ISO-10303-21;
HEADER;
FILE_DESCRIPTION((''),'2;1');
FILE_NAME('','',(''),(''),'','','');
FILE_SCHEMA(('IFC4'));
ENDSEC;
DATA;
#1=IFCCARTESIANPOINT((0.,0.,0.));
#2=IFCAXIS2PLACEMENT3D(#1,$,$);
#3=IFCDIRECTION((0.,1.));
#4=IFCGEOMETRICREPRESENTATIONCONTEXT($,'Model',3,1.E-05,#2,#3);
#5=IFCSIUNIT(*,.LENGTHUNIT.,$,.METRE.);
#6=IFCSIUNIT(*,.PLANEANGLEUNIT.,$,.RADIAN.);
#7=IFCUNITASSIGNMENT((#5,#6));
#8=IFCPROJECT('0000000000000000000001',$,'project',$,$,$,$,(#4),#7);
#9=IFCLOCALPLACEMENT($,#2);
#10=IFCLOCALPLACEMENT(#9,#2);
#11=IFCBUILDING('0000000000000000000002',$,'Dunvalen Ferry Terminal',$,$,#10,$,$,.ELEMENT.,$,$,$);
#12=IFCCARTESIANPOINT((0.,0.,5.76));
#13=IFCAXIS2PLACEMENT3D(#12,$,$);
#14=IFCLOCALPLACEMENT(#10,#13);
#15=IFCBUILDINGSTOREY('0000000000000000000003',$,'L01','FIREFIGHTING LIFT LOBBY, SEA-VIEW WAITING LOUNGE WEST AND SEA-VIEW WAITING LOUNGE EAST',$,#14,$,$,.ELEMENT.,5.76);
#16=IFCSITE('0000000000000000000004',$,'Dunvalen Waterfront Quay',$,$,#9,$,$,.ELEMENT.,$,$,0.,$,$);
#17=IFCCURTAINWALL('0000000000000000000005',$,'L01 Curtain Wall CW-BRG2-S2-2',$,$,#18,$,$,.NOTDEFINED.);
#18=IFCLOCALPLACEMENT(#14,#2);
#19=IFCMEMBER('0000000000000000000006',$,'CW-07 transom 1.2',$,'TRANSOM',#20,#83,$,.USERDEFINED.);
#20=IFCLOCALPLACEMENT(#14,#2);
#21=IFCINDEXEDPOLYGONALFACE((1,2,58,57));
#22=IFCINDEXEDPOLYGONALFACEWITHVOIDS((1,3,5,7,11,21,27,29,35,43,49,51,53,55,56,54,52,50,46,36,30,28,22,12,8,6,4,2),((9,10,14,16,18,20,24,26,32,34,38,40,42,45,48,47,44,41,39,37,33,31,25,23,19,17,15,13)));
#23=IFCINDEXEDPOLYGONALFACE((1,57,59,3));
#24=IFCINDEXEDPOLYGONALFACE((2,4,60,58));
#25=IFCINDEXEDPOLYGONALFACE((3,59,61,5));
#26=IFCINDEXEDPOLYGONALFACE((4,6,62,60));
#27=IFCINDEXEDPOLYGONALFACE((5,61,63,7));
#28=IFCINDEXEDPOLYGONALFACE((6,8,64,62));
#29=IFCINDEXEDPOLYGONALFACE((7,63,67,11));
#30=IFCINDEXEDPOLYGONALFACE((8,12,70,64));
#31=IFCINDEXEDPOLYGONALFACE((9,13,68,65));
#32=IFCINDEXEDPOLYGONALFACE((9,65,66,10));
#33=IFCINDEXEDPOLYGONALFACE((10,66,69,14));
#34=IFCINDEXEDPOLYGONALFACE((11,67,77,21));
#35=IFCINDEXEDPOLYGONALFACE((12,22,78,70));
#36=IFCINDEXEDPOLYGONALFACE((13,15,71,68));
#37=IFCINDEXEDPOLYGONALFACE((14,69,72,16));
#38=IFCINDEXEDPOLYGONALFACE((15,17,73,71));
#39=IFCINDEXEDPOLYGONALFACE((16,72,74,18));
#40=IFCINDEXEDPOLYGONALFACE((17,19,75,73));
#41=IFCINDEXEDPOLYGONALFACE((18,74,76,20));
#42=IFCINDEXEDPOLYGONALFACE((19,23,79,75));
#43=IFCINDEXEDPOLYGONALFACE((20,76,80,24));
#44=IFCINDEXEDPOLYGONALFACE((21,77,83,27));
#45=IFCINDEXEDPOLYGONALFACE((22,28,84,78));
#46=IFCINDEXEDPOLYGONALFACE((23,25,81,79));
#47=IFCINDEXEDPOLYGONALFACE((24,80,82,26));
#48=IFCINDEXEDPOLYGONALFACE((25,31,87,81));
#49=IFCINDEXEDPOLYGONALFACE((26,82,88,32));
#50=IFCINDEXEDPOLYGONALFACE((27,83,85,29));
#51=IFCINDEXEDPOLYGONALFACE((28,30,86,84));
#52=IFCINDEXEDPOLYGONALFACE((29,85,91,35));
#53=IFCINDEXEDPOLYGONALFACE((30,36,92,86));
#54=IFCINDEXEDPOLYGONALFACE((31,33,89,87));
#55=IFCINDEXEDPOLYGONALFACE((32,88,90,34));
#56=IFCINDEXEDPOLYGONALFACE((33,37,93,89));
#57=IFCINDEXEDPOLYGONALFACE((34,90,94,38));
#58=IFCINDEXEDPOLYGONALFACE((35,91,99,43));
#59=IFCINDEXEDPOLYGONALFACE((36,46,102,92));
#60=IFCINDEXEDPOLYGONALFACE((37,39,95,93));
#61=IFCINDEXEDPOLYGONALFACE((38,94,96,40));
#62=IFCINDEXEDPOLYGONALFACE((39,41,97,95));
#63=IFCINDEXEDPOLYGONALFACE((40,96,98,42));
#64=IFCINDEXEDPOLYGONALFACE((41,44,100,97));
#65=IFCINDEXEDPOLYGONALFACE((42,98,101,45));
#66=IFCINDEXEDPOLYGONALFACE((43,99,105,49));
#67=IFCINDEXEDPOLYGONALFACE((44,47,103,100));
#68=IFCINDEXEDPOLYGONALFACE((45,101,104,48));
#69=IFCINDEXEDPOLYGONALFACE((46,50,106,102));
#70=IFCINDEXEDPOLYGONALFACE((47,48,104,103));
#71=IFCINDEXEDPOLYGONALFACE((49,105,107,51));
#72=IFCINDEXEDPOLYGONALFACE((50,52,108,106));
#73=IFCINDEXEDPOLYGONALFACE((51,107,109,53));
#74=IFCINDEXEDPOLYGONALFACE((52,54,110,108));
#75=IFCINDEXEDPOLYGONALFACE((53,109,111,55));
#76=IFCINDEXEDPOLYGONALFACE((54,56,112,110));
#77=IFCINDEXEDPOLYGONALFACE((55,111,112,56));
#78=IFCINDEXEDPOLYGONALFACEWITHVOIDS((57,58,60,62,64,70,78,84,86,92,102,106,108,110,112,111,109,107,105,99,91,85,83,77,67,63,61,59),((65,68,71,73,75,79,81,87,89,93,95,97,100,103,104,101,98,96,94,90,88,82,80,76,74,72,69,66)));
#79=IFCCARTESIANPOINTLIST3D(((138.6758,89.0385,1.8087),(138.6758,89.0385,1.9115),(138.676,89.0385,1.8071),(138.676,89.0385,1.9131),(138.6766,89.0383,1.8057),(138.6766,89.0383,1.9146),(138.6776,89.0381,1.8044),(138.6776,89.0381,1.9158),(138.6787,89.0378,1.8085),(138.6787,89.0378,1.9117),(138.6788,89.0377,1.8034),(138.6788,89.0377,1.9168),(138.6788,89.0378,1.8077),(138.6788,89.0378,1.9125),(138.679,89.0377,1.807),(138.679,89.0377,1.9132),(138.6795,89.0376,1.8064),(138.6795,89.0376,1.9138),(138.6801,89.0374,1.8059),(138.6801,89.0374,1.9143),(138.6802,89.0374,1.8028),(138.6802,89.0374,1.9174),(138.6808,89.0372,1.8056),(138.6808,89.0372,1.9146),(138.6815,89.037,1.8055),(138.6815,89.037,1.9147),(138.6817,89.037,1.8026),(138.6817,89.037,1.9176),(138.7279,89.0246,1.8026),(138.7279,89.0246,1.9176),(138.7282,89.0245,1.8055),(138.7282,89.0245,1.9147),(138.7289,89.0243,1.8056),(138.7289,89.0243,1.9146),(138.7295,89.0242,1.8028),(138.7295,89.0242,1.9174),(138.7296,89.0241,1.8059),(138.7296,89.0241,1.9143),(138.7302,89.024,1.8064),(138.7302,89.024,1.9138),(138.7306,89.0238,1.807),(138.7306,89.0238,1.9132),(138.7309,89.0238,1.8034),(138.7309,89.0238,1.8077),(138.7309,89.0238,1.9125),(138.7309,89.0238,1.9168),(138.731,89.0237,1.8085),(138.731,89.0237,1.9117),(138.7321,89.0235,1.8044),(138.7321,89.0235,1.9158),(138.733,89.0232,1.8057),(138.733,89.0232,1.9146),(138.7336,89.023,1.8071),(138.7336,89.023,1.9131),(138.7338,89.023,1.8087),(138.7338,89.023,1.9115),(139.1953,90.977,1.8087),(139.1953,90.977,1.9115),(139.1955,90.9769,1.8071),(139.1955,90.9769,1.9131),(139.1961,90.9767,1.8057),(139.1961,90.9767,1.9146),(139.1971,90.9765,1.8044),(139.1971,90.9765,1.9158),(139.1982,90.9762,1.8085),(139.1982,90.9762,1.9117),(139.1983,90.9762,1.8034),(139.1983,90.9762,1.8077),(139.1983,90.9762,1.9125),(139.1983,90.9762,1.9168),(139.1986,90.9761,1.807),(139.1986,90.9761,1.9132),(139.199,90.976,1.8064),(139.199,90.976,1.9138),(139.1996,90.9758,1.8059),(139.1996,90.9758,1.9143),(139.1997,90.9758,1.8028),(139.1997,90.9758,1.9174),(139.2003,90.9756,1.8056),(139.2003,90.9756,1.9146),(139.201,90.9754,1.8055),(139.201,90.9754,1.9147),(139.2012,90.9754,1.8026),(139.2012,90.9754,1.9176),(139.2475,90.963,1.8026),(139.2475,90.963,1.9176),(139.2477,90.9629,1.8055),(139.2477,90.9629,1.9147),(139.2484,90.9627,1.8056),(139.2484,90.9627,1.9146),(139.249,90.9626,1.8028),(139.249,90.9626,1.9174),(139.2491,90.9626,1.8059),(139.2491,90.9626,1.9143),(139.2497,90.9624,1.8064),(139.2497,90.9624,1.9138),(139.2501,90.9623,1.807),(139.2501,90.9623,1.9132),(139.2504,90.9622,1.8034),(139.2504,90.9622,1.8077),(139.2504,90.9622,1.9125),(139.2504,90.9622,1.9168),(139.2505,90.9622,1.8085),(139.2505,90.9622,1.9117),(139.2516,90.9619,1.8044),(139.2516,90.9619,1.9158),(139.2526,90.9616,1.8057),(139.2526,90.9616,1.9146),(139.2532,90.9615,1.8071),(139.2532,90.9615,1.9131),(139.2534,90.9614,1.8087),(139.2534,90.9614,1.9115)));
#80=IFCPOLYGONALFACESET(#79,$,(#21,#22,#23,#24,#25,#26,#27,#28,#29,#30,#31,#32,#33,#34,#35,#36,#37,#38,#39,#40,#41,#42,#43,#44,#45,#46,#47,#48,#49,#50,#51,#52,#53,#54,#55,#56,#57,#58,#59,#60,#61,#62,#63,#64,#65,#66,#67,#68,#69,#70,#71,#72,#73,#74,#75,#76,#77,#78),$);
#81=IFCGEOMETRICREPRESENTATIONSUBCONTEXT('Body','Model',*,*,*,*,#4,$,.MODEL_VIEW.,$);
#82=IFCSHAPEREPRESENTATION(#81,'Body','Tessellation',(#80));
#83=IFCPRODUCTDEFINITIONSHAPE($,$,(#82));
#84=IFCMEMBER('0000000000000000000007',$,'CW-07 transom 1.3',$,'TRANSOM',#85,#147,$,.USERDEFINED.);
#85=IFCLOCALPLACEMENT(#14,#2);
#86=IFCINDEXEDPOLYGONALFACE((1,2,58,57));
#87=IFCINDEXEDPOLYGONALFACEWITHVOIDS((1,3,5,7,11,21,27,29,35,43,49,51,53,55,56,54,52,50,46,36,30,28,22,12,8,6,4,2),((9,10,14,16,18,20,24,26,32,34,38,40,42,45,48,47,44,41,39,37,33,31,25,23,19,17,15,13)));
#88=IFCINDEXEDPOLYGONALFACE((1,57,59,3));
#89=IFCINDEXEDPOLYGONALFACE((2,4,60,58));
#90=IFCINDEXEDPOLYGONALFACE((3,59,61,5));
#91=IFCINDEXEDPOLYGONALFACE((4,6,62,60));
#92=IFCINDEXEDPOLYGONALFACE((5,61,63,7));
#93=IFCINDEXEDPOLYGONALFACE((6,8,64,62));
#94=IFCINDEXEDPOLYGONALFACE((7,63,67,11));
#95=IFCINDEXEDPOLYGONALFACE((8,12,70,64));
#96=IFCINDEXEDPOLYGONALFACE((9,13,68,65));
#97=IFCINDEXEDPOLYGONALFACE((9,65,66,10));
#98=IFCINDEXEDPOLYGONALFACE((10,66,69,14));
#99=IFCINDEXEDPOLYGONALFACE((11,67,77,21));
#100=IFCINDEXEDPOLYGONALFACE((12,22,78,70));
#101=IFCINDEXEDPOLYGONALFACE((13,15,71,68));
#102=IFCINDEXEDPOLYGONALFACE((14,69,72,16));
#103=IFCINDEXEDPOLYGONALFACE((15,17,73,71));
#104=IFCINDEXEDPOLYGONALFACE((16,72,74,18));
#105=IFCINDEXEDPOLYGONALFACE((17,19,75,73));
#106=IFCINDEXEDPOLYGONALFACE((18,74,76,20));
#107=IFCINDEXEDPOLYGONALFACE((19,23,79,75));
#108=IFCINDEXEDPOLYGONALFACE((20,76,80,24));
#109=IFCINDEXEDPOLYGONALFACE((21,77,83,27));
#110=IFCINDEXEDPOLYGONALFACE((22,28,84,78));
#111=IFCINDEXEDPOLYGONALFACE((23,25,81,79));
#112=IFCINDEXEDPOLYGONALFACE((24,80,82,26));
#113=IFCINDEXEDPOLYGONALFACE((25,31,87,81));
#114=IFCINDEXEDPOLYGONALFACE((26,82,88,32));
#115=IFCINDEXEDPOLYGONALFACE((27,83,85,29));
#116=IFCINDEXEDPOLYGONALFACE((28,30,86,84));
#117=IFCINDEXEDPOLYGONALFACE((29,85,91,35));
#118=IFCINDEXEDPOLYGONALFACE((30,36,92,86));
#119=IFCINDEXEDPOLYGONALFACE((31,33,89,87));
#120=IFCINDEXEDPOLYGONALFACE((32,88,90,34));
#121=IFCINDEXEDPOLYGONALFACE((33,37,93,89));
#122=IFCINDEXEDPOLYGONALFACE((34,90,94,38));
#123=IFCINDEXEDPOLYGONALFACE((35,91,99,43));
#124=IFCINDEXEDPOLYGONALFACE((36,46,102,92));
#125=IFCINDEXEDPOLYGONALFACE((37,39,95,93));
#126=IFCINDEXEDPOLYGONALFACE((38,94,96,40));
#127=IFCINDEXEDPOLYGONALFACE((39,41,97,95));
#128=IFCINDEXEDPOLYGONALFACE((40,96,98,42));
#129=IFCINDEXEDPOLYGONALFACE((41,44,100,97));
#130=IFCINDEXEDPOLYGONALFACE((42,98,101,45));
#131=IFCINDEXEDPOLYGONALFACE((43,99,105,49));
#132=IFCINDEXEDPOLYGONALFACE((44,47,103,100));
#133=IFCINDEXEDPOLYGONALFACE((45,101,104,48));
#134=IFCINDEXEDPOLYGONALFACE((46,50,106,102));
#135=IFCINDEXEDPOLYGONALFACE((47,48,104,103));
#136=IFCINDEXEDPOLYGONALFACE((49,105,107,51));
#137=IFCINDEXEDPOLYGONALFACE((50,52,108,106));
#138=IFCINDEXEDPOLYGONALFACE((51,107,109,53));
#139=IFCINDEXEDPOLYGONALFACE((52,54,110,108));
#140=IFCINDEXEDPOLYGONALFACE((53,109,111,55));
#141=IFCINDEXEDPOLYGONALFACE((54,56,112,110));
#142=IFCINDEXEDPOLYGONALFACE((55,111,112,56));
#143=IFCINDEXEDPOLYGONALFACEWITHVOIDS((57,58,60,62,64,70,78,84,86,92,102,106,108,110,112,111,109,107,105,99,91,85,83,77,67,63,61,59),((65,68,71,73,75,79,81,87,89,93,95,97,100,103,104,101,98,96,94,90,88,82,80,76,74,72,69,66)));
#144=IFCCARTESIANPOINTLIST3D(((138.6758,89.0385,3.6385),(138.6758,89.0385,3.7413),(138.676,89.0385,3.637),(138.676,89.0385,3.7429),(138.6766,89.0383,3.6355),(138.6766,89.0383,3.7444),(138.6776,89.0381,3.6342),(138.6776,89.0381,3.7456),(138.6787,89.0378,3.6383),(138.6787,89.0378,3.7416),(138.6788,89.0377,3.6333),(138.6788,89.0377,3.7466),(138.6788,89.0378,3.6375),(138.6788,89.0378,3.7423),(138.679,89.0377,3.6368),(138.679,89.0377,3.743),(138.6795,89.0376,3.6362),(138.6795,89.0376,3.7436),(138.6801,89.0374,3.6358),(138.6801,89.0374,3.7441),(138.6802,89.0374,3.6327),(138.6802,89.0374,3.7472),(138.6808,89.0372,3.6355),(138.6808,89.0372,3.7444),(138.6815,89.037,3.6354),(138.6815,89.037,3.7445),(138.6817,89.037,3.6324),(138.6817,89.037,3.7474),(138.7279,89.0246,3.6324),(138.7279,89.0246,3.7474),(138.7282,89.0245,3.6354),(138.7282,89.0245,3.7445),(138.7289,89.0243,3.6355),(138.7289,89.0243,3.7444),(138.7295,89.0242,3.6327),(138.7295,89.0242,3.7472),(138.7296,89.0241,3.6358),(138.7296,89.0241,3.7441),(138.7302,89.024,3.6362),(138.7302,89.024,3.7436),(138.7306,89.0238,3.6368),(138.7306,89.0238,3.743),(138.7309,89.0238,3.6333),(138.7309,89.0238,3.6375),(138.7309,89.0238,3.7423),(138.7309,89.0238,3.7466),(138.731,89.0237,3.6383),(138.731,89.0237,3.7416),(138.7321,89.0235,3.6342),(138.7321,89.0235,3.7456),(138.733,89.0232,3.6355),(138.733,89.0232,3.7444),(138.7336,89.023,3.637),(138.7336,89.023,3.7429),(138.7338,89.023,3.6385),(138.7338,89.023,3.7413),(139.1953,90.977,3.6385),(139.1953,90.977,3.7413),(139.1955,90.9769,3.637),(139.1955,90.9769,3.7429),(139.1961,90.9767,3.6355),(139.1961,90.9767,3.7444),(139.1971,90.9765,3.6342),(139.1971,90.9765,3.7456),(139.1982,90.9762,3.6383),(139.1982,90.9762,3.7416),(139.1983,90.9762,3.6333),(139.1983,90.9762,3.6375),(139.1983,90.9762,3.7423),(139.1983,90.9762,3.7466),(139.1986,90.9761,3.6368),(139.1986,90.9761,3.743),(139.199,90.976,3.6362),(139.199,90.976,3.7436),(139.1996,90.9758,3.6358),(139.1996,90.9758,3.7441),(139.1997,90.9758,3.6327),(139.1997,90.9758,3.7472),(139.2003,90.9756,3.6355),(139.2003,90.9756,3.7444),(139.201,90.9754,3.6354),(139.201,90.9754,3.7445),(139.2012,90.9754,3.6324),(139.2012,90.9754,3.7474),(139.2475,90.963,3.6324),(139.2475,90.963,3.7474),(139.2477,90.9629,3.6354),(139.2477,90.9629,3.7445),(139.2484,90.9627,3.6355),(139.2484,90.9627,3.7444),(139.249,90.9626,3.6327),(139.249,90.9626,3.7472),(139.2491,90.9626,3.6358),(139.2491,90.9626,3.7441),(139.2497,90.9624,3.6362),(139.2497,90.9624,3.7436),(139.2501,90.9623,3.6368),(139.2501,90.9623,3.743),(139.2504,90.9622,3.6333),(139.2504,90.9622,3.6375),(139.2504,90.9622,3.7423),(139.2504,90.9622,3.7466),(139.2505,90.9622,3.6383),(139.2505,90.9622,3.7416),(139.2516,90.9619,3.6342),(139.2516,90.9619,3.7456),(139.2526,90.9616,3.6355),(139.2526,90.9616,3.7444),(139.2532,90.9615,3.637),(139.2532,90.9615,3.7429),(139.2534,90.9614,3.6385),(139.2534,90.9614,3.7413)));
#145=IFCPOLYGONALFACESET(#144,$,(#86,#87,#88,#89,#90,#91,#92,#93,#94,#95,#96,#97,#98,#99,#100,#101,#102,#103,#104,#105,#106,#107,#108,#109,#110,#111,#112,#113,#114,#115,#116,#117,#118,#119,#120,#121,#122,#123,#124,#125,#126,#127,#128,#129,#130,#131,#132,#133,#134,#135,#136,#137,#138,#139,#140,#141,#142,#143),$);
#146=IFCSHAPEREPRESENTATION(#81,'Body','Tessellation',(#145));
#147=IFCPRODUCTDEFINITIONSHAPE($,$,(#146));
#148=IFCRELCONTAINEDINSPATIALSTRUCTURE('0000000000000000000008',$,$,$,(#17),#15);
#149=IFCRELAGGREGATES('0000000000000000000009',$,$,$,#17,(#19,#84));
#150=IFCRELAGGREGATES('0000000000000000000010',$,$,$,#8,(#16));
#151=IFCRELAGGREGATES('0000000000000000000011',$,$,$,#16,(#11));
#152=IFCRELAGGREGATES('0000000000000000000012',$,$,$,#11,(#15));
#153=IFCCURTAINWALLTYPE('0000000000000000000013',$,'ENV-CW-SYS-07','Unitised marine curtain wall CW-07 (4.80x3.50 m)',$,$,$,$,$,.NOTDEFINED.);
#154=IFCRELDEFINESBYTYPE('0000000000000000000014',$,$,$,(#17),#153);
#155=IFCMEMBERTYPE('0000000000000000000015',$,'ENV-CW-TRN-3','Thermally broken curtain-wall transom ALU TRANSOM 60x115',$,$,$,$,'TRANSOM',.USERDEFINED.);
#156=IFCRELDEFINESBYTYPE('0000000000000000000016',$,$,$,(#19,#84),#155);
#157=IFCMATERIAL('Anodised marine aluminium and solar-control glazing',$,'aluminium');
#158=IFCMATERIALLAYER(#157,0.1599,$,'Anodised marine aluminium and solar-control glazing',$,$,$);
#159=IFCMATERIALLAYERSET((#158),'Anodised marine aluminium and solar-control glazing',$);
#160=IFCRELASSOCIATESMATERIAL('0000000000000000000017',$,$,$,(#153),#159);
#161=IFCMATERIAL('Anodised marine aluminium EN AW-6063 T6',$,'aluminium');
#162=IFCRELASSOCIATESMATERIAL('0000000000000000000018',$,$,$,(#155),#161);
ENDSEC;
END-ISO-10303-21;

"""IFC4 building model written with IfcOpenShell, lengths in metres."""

from ifc_helpers import new_model, si_unit, direction, frame, origin, origin_2d, place, context, subcontext, project, spatial, hollow_rectangle, extrude, material, layer, layer_set, material_profile, profile_set, type_object, element, aggregate, save


model = new_model("IFC4")

# Units and contexts
model_context = context("Model", 3, precision=1e-05, world=origin(), true_north=direction((0.0, 1.0)))
body_context = subcontext(model_context, "Body", "Model", "MODEL_VIEW")
ifc_project = project(units=[si_unit("LENGTHUNIT", "METRE"), si_unit("PLANEANGLEUNIT", "RADIAN")], contexts=[model_context])

# Site, building, storey
site_placement = place(None, origin())
site = spatial("IfcSite", under=ifc_project, at=site_placement, Name="Dunvalen Waterfront Quay", CompositionType="ELEMENT", RefElevation=0.0)
building_placement = place(site_placement, origin())
building = spatial("IfcBuilding", under=site, at=building_placement, Name="Dunvalen Ferry Terminal", CompositionType="ELEMENT")
storey_placement = place(building_placement, frame((0.0, 0.0, 5.76)))
storey = spatial("IfcBuildingStorey", under=building, at=storey_placement, Name="L01", Description="FIREFIGHTING LIFT LOBBY, SEA-VIEW WAITING LOUNGE WEST AND SEA-VIEW WAITING LOUNGE EAST", CompositionType="ELEMENT", Elevation=5.76)

# Curtain wall
ifc_material_1 = material(Name="Anodised marine aluminium and solar-control glazing", Category="aluminium")
ifc_layer_1 = layer(ifc_material_1, 0.1599, Name="Anodised marine aluminium and solar-control glazing")
ifc_layer_set_1 = layer_set([ifc_layer_1], Name="Anodised marine aluminium and solar-control glazing")
curtain_wall_type = type_object("IfcCurtainWallType", Name="ENV-CW-SYS-07", Description="Unitised marine curtain wall CW-07 (4.80x3.50 m)", PredefinedType="NOTDEFINED", material=ifc_layer_set_1)
ifc_material_2 = material(Name="Anodised marine aluminium EN AW-6063 T6", Category="aluminium")
curtain_wall_1_placement = place(storey_placement, origin())
curtain_wall_1 = element("IfcCurtainWall", 1, at=curtain_wall_1_placement, inside=storey, type_object=curtain_wall_type, Name="L01 Curtain Wall CW-BRG2-S2-2", PredefinedType="NOTDEFINED")

# Members
ifc_material_profile_1 = material_profile(ifc_material_2, hollow_rectangle(XDim=0.0601, YDim=0.115, WallThickness=0.0029, InnerFilletRadius=0.0029, OuterFilletRadius=0.0061, at=origin_2d()), Name="Anodised marine aluminium EN AW-6063 T6")
ifc_profile_set_1 = profile_set([ifc_material_profile_1], Name="Anodised marine aluminium EN AW-6063 T6")
member_type_1 = type_object("IfcMemberType", Name="ENV-CW-TRN-3", Description="Thermally broken curtain-wall transom ALU TRANSOM 60x115", ElementType="TRANSOM", PredefinedType="USERDEFINED", material=ifc_profile_set_1)
member_1_placement = place(storey_placement, frame((138.7048, 89.0308, 1.8601), z_axis=(0.258874, 0.965911, 0.0), x_axis=(-0.965911, 0.258874, 0.0)))
member_1 = element("IfcMember", 2, at=member_1_placement, type_object=member_type_1, Name="CW-07 transom 1.2", ObjectType="TRANSOM", PredefinedType="USERDEFINED", context=body_context, shape_type="SweptSolid", body=[
    extrude(hollow_rectangle(XDim=0.0601, YDim=0.115, WallThickness=0.0029, InnerFilletRadius=0.0029, OuterFilletRadius=0.0061, at=origin_2d()), origin(), (0.0, 0.0, 1.0), 2.0068),
])
member_2_placement = place(storey_placement, frame((138.7048, 89.0308, 3.6899), z_axis=(0.258874, 0.965911, 0.0), x_axis=(-0.965911, 0.258874, 0.0)))
member_2 = element("IfcMember", 3, at=member_2_placement, type_object=member_type_1, Name="CW-07 transom 1.3", ObjectType="TRANSOM", PredefinedType="USERDEFINED", context=body_context, shape_type="SweptSolid", body=[
    extrude(hollow_rectangle(XDim=0.0601, YDim=0.115, WallThickness=0.0029, InnerFilletRadius=0.0029, OuterFilletRadius=0.0061, at=origin_2d()), origin(), (0.0, 0.0, 1.0), 2.0068),
])

aggregate(curtain_wall_1, [member_1, member_2])

save(model, "model.ifc")
